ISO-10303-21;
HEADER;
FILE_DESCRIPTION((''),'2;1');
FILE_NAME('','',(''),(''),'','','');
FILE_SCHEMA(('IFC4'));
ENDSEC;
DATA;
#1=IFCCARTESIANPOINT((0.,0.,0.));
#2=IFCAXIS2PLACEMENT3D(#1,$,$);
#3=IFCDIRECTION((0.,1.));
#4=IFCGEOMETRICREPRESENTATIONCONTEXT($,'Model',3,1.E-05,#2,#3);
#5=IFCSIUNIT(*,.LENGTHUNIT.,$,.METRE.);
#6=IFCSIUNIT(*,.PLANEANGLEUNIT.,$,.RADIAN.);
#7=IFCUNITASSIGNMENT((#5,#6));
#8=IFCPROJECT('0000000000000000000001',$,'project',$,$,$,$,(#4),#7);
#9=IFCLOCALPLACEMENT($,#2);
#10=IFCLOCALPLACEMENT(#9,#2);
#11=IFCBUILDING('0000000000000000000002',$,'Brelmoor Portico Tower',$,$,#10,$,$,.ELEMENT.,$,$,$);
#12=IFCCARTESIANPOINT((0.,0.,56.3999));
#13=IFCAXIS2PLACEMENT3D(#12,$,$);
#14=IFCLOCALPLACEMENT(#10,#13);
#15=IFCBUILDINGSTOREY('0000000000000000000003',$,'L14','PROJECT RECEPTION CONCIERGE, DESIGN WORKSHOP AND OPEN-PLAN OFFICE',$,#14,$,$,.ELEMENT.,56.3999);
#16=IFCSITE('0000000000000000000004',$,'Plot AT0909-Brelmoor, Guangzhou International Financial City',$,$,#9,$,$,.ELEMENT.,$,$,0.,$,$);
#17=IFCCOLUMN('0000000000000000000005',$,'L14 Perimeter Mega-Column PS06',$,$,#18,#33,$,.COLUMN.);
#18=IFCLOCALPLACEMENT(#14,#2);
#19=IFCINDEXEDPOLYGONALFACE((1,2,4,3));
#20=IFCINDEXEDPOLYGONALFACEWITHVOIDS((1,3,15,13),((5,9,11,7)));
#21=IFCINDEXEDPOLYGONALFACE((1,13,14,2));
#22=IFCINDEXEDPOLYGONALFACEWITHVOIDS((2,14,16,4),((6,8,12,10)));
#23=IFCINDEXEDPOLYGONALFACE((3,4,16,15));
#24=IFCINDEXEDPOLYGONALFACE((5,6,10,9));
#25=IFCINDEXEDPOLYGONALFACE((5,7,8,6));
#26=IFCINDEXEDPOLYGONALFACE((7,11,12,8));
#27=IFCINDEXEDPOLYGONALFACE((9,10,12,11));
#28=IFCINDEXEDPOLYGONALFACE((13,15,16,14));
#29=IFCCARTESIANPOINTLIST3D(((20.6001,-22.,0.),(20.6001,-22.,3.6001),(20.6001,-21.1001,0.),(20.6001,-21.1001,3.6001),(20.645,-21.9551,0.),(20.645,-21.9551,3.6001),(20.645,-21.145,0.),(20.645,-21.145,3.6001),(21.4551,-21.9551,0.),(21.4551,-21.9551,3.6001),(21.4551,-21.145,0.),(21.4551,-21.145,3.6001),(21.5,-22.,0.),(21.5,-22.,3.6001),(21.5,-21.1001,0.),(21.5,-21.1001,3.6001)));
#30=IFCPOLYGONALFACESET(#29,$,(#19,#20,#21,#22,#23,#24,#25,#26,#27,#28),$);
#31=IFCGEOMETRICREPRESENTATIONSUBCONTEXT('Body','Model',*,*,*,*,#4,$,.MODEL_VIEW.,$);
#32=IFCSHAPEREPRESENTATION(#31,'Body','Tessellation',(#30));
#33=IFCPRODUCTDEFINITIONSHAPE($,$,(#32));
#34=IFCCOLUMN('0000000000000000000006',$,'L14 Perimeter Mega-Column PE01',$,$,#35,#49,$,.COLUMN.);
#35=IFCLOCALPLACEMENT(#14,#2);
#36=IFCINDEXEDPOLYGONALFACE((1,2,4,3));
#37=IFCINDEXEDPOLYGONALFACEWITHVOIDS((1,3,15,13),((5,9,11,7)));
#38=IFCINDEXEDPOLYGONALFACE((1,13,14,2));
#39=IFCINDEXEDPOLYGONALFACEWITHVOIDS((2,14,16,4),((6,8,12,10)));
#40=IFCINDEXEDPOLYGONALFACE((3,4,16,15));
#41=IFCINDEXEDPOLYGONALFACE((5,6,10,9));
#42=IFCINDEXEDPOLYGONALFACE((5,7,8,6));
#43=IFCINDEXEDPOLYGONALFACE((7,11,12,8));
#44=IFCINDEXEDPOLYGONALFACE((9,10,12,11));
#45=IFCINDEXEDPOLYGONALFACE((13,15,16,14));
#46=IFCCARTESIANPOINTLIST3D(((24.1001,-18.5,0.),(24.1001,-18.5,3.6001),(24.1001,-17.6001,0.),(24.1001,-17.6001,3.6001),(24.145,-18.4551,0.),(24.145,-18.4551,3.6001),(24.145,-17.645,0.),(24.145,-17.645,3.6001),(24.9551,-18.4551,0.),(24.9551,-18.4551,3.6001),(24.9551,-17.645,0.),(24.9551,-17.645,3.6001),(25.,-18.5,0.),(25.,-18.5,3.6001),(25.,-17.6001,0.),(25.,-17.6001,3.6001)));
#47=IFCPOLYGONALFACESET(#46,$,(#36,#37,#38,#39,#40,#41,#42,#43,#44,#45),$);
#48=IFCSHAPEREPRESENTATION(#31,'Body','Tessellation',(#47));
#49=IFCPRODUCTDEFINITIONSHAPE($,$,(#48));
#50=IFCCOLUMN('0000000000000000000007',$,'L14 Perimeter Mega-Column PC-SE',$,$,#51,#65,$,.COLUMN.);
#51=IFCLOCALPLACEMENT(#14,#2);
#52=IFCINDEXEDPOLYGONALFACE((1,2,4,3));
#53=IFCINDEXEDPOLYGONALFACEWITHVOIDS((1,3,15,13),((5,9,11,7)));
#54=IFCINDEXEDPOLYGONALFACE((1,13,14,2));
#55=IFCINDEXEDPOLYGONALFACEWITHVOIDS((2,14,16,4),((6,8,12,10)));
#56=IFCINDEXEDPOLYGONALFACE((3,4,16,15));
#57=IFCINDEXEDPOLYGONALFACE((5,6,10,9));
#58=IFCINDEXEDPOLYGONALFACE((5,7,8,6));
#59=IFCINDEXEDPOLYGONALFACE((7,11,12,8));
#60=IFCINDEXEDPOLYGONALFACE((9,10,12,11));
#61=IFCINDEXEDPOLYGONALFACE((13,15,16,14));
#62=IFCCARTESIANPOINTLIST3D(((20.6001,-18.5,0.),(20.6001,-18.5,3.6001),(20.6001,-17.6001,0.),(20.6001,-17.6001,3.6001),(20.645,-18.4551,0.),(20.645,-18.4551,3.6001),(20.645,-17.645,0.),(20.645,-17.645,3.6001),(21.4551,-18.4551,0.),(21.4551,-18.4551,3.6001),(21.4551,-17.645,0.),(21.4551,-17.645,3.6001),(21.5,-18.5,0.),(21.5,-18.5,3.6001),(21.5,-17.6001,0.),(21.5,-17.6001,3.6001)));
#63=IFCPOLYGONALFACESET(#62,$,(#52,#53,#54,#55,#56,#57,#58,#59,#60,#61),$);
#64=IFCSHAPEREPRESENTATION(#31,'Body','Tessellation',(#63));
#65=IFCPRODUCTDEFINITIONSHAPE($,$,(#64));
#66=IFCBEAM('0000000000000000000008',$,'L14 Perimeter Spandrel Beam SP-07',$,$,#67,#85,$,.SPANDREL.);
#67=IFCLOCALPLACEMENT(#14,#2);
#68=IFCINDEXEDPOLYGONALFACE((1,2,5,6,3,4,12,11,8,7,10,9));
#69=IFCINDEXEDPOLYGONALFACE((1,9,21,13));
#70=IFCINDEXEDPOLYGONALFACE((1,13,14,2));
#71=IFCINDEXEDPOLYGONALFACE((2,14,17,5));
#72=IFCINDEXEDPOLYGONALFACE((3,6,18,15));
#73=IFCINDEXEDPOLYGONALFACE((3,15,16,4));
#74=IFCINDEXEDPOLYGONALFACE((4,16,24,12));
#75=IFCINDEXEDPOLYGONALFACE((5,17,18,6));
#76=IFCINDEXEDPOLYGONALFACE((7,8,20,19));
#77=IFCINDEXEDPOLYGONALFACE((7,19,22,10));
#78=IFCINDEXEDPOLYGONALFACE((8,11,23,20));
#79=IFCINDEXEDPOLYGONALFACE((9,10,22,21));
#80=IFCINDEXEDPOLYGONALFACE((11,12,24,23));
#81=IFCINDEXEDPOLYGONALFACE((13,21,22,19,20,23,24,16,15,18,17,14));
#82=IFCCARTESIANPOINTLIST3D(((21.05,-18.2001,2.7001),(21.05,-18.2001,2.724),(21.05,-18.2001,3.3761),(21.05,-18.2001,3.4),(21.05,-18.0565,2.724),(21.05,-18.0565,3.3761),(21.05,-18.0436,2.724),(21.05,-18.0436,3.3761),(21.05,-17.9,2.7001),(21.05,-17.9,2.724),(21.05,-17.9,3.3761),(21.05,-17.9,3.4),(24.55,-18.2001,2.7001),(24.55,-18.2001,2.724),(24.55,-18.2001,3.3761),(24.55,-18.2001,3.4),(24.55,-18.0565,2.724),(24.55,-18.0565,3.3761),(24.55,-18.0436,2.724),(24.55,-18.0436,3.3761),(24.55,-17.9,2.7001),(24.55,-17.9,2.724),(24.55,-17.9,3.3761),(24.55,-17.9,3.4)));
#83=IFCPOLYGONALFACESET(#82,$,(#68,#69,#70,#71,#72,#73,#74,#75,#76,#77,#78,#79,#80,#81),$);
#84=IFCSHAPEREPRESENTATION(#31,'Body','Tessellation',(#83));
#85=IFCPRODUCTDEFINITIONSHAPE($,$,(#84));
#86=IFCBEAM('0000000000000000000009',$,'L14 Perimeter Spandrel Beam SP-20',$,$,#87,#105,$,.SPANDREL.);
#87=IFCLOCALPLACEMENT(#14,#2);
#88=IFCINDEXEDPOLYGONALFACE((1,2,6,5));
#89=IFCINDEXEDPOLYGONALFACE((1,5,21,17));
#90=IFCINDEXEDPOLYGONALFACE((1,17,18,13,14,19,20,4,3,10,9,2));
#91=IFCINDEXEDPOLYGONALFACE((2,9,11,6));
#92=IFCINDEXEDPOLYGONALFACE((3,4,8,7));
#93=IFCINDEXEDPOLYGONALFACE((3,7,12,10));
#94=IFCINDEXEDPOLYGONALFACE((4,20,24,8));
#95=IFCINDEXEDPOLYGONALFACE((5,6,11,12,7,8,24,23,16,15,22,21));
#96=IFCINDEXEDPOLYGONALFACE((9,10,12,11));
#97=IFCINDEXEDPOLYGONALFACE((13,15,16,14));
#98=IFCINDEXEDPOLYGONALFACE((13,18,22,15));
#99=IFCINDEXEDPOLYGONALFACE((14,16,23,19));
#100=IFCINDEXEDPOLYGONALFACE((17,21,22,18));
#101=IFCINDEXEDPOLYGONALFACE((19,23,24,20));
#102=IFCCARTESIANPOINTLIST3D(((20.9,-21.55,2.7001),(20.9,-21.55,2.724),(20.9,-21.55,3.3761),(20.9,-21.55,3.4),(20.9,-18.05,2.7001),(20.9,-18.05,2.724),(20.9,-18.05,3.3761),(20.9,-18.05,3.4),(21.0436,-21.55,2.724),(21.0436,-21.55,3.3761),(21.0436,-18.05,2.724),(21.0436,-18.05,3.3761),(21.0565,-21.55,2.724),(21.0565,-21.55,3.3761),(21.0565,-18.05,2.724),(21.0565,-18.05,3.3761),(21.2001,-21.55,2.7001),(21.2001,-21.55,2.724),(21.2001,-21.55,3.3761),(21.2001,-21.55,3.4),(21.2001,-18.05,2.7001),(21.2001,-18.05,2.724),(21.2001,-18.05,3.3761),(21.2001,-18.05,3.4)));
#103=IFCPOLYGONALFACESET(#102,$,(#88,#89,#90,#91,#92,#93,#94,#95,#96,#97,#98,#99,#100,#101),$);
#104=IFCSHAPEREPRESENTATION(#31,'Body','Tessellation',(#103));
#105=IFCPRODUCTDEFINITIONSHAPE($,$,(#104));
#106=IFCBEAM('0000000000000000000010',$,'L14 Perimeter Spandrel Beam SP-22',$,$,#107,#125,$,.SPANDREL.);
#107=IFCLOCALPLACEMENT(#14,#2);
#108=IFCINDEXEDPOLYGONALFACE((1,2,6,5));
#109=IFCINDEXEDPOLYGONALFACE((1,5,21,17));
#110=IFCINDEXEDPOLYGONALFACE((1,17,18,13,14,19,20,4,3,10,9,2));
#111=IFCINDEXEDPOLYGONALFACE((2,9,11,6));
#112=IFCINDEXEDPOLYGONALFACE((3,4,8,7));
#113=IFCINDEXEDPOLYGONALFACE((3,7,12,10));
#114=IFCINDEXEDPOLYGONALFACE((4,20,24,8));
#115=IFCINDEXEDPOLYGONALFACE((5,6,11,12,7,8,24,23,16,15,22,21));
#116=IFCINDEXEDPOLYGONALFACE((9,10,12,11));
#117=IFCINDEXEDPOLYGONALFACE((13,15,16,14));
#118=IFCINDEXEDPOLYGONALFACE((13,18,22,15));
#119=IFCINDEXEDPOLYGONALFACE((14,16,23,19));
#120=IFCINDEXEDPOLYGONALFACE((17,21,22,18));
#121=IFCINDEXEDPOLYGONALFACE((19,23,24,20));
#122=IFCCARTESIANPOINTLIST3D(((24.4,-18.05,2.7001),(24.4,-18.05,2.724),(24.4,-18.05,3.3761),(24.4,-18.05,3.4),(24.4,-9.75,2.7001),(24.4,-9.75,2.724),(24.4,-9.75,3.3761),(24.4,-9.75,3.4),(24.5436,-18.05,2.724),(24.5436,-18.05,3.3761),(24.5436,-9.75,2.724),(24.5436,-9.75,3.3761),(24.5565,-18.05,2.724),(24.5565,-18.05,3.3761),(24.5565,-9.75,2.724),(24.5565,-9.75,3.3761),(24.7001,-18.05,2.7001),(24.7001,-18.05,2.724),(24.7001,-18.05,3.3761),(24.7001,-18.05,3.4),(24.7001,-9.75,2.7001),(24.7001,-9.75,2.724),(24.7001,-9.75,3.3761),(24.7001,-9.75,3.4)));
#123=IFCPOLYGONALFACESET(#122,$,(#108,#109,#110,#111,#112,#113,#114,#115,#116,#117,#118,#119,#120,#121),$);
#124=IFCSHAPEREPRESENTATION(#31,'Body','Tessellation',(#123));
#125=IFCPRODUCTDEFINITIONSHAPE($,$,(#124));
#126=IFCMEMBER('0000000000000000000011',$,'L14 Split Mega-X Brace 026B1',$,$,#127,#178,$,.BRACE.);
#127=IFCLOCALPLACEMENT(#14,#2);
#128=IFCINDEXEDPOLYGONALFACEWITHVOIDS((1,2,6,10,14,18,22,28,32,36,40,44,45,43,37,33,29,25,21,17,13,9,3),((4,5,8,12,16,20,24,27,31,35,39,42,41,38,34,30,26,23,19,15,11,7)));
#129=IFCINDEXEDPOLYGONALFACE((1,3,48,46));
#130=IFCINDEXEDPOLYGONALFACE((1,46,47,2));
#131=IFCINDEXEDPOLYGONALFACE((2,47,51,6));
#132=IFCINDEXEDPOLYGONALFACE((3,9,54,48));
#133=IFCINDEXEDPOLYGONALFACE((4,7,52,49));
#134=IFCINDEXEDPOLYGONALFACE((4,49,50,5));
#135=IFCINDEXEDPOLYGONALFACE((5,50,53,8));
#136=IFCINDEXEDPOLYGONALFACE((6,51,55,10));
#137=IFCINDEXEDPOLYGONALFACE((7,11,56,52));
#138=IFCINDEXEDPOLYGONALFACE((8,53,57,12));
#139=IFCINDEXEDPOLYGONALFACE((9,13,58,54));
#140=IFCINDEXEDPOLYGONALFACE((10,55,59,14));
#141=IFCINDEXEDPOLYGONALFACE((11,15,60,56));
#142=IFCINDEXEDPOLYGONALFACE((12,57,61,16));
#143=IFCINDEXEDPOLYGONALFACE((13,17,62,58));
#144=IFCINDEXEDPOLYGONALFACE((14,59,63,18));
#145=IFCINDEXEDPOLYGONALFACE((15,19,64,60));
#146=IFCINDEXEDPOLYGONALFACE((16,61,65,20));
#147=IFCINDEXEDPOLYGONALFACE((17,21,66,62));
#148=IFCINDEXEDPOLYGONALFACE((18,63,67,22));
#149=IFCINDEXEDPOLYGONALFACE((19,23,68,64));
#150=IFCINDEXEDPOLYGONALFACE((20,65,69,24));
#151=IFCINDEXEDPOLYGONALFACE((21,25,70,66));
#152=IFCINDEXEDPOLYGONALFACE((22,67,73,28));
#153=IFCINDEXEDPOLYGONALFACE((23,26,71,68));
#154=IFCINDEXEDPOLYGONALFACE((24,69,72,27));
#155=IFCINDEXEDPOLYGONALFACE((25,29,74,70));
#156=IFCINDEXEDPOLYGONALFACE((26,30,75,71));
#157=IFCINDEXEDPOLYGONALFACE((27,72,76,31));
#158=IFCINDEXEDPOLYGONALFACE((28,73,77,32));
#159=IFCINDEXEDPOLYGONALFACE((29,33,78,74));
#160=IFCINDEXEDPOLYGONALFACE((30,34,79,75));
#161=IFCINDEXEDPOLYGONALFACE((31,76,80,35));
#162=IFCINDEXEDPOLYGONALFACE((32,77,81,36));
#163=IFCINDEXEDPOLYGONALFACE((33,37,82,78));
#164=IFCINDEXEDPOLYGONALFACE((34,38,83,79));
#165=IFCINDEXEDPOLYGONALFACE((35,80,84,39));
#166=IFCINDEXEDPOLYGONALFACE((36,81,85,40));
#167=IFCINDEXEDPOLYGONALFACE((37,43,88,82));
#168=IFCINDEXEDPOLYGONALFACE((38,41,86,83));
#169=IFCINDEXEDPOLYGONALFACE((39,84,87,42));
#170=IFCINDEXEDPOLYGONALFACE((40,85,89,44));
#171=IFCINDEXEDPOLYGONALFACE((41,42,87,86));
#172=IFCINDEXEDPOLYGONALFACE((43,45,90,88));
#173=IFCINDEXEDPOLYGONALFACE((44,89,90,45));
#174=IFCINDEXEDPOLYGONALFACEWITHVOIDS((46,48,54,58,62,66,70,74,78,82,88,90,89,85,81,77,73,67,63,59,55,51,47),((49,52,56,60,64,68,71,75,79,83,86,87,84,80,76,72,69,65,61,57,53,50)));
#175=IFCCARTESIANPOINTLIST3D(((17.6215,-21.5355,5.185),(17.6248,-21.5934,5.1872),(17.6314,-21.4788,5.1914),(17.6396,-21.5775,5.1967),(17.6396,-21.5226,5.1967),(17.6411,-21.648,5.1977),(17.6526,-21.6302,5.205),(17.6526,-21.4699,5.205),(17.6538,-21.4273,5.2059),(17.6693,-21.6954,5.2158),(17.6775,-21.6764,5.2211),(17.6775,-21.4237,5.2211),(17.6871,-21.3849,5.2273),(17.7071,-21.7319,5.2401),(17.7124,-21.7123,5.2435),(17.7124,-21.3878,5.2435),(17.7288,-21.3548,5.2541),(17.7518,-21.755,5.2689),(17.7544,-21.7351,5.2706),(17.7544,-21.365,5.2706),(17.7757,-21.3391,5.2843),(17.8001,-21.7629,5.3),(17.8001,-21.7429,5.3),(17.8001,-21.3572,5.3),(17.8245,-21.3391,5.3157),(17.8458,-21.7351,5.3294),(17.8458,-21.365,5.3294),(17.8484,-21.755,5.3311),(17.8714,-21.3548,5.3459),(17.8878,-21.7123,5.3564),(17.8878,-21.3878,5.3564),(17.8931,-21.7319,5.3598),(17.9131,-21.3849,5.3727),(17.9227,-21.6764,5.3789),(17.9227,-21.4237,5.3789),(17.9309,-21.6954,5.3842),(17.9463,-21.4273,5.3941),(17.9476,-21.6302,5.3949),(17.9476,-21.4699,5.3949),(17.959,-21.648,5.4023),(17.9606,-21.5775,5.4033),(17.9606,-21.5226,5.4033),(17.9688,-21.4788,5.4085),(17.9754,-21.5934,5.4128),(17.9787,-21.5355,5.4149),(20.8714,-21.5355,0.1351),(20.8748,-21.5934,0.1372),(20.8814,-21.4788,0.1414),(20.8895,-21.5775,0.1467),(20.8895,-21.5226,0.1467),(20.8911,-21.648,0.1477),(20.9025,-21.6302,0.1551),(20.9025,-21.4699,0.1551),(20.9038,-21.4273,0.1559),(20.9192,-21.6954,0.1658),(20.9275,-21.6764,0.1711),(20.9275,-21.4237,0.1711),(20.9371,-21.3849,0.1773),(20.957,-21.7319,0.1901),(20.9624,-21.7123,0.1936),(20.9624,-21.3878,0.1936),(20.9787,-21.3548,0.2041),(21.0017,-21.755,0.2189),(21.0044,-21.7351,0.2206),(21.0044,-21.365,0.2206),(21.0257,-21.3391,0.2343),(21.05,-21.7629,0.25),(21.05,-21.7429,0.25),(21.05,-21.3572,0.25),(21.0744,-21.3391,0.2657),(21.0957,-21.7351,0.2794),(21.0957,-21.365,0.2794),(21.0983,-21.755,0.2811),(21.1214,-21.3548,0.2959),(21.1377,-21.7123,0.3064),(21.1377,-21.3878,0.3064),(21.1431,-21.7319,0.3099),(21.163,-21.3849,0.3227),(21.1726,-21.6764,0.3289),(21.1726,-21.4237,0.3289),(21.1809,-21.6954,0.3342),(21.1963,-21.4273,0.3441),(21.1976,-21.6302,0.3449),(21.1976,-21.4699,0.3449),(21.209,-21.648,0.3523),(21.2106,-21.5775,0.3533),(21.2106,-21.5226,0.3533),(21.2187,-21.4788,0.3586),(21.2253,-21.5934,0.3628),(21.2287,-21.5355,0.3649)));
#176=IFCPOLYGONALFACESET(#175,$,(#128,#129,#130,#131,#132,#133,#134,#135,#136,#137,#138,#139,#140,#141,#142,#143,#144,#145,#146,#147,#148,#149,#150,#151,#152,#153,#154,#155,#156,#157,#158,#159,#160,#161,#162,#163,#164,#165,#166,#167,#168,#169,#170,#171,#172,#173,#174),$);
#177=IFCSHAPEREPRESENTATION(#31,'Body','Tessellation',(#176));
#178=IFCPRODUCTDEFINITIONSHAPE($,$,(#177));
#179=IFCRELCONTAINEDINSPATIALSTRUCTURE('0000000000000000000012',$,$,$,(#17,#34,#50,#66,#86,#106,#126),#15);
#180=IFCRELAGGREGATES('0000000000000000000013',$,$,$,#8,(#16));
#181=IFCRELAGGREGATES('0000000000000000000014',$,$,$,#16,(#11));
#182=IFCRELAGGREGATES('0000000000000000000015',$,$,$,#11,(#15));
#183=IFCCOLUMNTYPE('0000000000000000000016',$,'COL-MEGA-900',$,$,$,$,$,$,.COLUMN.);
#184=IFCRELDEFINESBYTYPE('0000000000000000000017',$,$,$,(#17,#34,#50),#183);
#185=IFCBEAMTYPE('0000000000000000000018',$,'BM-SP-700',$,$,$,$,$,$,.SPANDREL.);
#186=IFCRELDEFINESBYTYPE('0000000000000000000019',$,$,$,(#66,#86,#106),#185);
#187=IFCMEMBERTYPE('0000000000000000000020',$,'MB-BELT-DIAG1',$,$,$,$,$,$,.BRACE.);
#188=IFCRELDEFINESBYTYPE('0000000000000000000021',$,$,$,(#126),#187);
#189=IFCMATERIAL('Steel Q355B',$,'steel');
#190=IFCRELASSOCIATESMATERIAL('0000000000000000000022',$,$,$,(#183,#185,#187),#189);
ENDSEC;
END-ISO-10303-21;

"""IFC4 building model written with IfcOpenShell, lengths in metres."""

from ifc_helpers import new_model, si_unit, direction, frame, origin, origin_2d, place, context, subcontext, project, spatial, hollow_rectangle, hollow_circle, i_section, extrude, material, material_profile, profile_set, type_object, element, save


model = new_model("IFC4")

# Units and contexts
model_context = context("Model", 3, precision=1e-05, world=origin(), true_north=direction((0.0, 1.0)))
body_context = subcontext(model_context, "Body", "Model", "MODEL_VIEW")
ifc_project = project(units=[si_unit("LENGTHUNIT", "METRE"), si_unit("PLANEANGLEUNIT", "RADIAN")], contexts=[model_context])

# Site, building, storey
site_placement = place(None, origin())
site = spatial("IfcSite", under=ifc_project, at=site_placement, Name="Plot AT0909-Brelmoor, Guangzhou International Financial City", CompositionType="ELEMENT", RefElevation=0.0)
building_placement = place(site_placement, origin())
building = spatial("IfcBuilding", under=site, at=building_placement, Name="Brelmoor Portico Tower", CompositionType="ELEMENT")
storey_placement = place(building_placement, frame((0.0, 0.0, 56.3999)))
storey = spatial("IfcBuildingStorey", under=building, at=storey_placement, Name="L14", Description="PROJECT RECEPTION CONCIERGE, DESIGN WORKSHOP AND OPEN-PLAN OFFICE", CompositionType="ELEMENT", Elevation=56.3999)

# Columns
ifc_material_1 = material(Name="Steel Q355B", Category="steel")
ifc_material_profile_1 = material_profile(ifc_material_1, hollow_rectangle(XDim=0.8999, YDim=0.8999, WallThickness=0.0449, at=origin_2d()), Name="BOX 900x900x45")
ifc_profile_set_1 = profile_set([ifc_material_profile_1], Name="Steel Q355B")
column_type = type_object("IfcColumnType", Name="COL-MEGA-900", PredefinedType="COLUMN", material=ifc_profile_set_1)
for number, where, z_axis, x_axis, name in (
    (1, (21.05, -21.55, 0.0), (0.0, 0.0, 1.0), (1.0, 0.0, 0.0), "L14 Perimeter Mega-Column PS06"),
    (2, (24.55, -18.05, 0.0), (0.0, 0.0, 1.0), (0.0, 1.0, 0.0), "L14 Perimeter Mega-Column PE01"),
    (3, (21.05, -18.05, 0.0), (0.0, 0.0, 1.0), (1.0, 0.0, 0.0), "L14 Perimeter Mega-Column PC-SE"),
):
    element("IfcColumn", number, at=place(storey_placement, frame(where, z_axis=z_axis, x_axis=x_axis)), inside=storey, type_object=column_type, Name=name, PredefinedType="COLUMN", context=body_context, shape_type="SweptSolid", body=[
        extrude(hollow_rectangle(XDim=0.8999, YDim=0.8999, WallThickness=0.0449, at=origin_2d()), origin(), (0.0, 0.0, 1.0), 3.6001),
    ])

# Beams
ifc_material_profile_2 = material_profile(ifc_material_1, i_section(OverallWidth=0.3, OverallDepth=0.7, WebThickness=0.0129, FlangeThickness=0.0239, at=origin_2d()), Name="HN 700x300x13x24")
ifc_profile_set_2 = profile_set([ifc_material_profile_2], Name="Steel Q355B")
beam_type = type_object("IfcBeamType", Name="BM-SP-700", PredefinedType="SPANDREL", material=ifc_profile_set_2)
for number, where, z_axis, x_axis, name in (
    (4, (21.05, -18.05, 3.05), (1.0, 0.0, 0.0), (0.0, 1.0, 0.0), "L14 Perimeter Spandrel Beam SP-07"),
    (5, (21.05, -21.55, 3.05), (0.0, 1.0, 0.0), (-1.0, 0.0, 0.0), "L14 Perimeter Spandrel Beam SP-20"),
):
    element("IfcBeam", number, at=place(storey_placement, frame(where, z_axis=z_axis, x_axis=x_axis)), inside=storey, type_object=beam_type, Name=name, PredefinedType="SPANDREL", context=body_context, shape_type="SweptSolid", body=[
        extrude(i_section(OverallWidth=0.3, OverallDepth=0.7, WebThickness=0.0129, FlangeThickness=0.0239, at=origin_2d()), origin(), (0.0, 0.0, 1.0), 3.5),
    ])
beam_placement = place(storey_placement, frame((24.55, -18.05, 3.05), z_axis=(0.0, 1.0, 0.0), x_axis=(-1.0, 0.0, 0.0)))
element("IfcBeam", 6, at=beam_placement, inside=storey, type_object=beam_type, Name="L14 Perimeter Spandrel Beam SP-22", PredefinedType="SPANDREL", context=body_context, shape_type="SweptSolid", body=[
    extrude(i_section(OverallWidth=0.3, OverallDepth=0.7, WebThickness=0.0129, FlangeThickness=0.0239, at=origin_2d()), origin(), (0.0, 0.0, 1.0), 8.3),
])

# Member
ifc_material_profile_3 = material_profile(ifc_material_1, hollow_circle(Radius=0.2129, WallThickness=0.02, at=origin_2d()), Name="CHS 426x20")
ifc_profile_set_3 = profile_set([ifc_material_profile_3], Name="Steel Q355B")
member_type_1 = type_object("IfcMemberType", Name="MB-BELT-DIAG1", PredefinedType="BRACE", material=ifc_profile_set_3)
for number, where, z_axis, x_axis, name in (
    (7, (21.05, -21.55, 0.25), (-0.541175, 0.0, 0.84091), (0.0, -1.0, 0.0), "L14 Split Mega-X Brace 026B1"),
):
    element("IfcMember", number, at=place(storey_placement, frame(where, z_axis=z_axis, x_axis=x_axis)), inside=storey, type_object=member_type_1, Name=name, PredefinedType="BRACE", context=body_context, shape_type="SweptSolid", body=[
        extrude(hollow_circle(Radius=0.2129, WallThickness=0.02, at=origin_2d()), origin(), (0.0, 0.0, 1.0), 6.0054),
    ])

save(model, "model.ifc")
